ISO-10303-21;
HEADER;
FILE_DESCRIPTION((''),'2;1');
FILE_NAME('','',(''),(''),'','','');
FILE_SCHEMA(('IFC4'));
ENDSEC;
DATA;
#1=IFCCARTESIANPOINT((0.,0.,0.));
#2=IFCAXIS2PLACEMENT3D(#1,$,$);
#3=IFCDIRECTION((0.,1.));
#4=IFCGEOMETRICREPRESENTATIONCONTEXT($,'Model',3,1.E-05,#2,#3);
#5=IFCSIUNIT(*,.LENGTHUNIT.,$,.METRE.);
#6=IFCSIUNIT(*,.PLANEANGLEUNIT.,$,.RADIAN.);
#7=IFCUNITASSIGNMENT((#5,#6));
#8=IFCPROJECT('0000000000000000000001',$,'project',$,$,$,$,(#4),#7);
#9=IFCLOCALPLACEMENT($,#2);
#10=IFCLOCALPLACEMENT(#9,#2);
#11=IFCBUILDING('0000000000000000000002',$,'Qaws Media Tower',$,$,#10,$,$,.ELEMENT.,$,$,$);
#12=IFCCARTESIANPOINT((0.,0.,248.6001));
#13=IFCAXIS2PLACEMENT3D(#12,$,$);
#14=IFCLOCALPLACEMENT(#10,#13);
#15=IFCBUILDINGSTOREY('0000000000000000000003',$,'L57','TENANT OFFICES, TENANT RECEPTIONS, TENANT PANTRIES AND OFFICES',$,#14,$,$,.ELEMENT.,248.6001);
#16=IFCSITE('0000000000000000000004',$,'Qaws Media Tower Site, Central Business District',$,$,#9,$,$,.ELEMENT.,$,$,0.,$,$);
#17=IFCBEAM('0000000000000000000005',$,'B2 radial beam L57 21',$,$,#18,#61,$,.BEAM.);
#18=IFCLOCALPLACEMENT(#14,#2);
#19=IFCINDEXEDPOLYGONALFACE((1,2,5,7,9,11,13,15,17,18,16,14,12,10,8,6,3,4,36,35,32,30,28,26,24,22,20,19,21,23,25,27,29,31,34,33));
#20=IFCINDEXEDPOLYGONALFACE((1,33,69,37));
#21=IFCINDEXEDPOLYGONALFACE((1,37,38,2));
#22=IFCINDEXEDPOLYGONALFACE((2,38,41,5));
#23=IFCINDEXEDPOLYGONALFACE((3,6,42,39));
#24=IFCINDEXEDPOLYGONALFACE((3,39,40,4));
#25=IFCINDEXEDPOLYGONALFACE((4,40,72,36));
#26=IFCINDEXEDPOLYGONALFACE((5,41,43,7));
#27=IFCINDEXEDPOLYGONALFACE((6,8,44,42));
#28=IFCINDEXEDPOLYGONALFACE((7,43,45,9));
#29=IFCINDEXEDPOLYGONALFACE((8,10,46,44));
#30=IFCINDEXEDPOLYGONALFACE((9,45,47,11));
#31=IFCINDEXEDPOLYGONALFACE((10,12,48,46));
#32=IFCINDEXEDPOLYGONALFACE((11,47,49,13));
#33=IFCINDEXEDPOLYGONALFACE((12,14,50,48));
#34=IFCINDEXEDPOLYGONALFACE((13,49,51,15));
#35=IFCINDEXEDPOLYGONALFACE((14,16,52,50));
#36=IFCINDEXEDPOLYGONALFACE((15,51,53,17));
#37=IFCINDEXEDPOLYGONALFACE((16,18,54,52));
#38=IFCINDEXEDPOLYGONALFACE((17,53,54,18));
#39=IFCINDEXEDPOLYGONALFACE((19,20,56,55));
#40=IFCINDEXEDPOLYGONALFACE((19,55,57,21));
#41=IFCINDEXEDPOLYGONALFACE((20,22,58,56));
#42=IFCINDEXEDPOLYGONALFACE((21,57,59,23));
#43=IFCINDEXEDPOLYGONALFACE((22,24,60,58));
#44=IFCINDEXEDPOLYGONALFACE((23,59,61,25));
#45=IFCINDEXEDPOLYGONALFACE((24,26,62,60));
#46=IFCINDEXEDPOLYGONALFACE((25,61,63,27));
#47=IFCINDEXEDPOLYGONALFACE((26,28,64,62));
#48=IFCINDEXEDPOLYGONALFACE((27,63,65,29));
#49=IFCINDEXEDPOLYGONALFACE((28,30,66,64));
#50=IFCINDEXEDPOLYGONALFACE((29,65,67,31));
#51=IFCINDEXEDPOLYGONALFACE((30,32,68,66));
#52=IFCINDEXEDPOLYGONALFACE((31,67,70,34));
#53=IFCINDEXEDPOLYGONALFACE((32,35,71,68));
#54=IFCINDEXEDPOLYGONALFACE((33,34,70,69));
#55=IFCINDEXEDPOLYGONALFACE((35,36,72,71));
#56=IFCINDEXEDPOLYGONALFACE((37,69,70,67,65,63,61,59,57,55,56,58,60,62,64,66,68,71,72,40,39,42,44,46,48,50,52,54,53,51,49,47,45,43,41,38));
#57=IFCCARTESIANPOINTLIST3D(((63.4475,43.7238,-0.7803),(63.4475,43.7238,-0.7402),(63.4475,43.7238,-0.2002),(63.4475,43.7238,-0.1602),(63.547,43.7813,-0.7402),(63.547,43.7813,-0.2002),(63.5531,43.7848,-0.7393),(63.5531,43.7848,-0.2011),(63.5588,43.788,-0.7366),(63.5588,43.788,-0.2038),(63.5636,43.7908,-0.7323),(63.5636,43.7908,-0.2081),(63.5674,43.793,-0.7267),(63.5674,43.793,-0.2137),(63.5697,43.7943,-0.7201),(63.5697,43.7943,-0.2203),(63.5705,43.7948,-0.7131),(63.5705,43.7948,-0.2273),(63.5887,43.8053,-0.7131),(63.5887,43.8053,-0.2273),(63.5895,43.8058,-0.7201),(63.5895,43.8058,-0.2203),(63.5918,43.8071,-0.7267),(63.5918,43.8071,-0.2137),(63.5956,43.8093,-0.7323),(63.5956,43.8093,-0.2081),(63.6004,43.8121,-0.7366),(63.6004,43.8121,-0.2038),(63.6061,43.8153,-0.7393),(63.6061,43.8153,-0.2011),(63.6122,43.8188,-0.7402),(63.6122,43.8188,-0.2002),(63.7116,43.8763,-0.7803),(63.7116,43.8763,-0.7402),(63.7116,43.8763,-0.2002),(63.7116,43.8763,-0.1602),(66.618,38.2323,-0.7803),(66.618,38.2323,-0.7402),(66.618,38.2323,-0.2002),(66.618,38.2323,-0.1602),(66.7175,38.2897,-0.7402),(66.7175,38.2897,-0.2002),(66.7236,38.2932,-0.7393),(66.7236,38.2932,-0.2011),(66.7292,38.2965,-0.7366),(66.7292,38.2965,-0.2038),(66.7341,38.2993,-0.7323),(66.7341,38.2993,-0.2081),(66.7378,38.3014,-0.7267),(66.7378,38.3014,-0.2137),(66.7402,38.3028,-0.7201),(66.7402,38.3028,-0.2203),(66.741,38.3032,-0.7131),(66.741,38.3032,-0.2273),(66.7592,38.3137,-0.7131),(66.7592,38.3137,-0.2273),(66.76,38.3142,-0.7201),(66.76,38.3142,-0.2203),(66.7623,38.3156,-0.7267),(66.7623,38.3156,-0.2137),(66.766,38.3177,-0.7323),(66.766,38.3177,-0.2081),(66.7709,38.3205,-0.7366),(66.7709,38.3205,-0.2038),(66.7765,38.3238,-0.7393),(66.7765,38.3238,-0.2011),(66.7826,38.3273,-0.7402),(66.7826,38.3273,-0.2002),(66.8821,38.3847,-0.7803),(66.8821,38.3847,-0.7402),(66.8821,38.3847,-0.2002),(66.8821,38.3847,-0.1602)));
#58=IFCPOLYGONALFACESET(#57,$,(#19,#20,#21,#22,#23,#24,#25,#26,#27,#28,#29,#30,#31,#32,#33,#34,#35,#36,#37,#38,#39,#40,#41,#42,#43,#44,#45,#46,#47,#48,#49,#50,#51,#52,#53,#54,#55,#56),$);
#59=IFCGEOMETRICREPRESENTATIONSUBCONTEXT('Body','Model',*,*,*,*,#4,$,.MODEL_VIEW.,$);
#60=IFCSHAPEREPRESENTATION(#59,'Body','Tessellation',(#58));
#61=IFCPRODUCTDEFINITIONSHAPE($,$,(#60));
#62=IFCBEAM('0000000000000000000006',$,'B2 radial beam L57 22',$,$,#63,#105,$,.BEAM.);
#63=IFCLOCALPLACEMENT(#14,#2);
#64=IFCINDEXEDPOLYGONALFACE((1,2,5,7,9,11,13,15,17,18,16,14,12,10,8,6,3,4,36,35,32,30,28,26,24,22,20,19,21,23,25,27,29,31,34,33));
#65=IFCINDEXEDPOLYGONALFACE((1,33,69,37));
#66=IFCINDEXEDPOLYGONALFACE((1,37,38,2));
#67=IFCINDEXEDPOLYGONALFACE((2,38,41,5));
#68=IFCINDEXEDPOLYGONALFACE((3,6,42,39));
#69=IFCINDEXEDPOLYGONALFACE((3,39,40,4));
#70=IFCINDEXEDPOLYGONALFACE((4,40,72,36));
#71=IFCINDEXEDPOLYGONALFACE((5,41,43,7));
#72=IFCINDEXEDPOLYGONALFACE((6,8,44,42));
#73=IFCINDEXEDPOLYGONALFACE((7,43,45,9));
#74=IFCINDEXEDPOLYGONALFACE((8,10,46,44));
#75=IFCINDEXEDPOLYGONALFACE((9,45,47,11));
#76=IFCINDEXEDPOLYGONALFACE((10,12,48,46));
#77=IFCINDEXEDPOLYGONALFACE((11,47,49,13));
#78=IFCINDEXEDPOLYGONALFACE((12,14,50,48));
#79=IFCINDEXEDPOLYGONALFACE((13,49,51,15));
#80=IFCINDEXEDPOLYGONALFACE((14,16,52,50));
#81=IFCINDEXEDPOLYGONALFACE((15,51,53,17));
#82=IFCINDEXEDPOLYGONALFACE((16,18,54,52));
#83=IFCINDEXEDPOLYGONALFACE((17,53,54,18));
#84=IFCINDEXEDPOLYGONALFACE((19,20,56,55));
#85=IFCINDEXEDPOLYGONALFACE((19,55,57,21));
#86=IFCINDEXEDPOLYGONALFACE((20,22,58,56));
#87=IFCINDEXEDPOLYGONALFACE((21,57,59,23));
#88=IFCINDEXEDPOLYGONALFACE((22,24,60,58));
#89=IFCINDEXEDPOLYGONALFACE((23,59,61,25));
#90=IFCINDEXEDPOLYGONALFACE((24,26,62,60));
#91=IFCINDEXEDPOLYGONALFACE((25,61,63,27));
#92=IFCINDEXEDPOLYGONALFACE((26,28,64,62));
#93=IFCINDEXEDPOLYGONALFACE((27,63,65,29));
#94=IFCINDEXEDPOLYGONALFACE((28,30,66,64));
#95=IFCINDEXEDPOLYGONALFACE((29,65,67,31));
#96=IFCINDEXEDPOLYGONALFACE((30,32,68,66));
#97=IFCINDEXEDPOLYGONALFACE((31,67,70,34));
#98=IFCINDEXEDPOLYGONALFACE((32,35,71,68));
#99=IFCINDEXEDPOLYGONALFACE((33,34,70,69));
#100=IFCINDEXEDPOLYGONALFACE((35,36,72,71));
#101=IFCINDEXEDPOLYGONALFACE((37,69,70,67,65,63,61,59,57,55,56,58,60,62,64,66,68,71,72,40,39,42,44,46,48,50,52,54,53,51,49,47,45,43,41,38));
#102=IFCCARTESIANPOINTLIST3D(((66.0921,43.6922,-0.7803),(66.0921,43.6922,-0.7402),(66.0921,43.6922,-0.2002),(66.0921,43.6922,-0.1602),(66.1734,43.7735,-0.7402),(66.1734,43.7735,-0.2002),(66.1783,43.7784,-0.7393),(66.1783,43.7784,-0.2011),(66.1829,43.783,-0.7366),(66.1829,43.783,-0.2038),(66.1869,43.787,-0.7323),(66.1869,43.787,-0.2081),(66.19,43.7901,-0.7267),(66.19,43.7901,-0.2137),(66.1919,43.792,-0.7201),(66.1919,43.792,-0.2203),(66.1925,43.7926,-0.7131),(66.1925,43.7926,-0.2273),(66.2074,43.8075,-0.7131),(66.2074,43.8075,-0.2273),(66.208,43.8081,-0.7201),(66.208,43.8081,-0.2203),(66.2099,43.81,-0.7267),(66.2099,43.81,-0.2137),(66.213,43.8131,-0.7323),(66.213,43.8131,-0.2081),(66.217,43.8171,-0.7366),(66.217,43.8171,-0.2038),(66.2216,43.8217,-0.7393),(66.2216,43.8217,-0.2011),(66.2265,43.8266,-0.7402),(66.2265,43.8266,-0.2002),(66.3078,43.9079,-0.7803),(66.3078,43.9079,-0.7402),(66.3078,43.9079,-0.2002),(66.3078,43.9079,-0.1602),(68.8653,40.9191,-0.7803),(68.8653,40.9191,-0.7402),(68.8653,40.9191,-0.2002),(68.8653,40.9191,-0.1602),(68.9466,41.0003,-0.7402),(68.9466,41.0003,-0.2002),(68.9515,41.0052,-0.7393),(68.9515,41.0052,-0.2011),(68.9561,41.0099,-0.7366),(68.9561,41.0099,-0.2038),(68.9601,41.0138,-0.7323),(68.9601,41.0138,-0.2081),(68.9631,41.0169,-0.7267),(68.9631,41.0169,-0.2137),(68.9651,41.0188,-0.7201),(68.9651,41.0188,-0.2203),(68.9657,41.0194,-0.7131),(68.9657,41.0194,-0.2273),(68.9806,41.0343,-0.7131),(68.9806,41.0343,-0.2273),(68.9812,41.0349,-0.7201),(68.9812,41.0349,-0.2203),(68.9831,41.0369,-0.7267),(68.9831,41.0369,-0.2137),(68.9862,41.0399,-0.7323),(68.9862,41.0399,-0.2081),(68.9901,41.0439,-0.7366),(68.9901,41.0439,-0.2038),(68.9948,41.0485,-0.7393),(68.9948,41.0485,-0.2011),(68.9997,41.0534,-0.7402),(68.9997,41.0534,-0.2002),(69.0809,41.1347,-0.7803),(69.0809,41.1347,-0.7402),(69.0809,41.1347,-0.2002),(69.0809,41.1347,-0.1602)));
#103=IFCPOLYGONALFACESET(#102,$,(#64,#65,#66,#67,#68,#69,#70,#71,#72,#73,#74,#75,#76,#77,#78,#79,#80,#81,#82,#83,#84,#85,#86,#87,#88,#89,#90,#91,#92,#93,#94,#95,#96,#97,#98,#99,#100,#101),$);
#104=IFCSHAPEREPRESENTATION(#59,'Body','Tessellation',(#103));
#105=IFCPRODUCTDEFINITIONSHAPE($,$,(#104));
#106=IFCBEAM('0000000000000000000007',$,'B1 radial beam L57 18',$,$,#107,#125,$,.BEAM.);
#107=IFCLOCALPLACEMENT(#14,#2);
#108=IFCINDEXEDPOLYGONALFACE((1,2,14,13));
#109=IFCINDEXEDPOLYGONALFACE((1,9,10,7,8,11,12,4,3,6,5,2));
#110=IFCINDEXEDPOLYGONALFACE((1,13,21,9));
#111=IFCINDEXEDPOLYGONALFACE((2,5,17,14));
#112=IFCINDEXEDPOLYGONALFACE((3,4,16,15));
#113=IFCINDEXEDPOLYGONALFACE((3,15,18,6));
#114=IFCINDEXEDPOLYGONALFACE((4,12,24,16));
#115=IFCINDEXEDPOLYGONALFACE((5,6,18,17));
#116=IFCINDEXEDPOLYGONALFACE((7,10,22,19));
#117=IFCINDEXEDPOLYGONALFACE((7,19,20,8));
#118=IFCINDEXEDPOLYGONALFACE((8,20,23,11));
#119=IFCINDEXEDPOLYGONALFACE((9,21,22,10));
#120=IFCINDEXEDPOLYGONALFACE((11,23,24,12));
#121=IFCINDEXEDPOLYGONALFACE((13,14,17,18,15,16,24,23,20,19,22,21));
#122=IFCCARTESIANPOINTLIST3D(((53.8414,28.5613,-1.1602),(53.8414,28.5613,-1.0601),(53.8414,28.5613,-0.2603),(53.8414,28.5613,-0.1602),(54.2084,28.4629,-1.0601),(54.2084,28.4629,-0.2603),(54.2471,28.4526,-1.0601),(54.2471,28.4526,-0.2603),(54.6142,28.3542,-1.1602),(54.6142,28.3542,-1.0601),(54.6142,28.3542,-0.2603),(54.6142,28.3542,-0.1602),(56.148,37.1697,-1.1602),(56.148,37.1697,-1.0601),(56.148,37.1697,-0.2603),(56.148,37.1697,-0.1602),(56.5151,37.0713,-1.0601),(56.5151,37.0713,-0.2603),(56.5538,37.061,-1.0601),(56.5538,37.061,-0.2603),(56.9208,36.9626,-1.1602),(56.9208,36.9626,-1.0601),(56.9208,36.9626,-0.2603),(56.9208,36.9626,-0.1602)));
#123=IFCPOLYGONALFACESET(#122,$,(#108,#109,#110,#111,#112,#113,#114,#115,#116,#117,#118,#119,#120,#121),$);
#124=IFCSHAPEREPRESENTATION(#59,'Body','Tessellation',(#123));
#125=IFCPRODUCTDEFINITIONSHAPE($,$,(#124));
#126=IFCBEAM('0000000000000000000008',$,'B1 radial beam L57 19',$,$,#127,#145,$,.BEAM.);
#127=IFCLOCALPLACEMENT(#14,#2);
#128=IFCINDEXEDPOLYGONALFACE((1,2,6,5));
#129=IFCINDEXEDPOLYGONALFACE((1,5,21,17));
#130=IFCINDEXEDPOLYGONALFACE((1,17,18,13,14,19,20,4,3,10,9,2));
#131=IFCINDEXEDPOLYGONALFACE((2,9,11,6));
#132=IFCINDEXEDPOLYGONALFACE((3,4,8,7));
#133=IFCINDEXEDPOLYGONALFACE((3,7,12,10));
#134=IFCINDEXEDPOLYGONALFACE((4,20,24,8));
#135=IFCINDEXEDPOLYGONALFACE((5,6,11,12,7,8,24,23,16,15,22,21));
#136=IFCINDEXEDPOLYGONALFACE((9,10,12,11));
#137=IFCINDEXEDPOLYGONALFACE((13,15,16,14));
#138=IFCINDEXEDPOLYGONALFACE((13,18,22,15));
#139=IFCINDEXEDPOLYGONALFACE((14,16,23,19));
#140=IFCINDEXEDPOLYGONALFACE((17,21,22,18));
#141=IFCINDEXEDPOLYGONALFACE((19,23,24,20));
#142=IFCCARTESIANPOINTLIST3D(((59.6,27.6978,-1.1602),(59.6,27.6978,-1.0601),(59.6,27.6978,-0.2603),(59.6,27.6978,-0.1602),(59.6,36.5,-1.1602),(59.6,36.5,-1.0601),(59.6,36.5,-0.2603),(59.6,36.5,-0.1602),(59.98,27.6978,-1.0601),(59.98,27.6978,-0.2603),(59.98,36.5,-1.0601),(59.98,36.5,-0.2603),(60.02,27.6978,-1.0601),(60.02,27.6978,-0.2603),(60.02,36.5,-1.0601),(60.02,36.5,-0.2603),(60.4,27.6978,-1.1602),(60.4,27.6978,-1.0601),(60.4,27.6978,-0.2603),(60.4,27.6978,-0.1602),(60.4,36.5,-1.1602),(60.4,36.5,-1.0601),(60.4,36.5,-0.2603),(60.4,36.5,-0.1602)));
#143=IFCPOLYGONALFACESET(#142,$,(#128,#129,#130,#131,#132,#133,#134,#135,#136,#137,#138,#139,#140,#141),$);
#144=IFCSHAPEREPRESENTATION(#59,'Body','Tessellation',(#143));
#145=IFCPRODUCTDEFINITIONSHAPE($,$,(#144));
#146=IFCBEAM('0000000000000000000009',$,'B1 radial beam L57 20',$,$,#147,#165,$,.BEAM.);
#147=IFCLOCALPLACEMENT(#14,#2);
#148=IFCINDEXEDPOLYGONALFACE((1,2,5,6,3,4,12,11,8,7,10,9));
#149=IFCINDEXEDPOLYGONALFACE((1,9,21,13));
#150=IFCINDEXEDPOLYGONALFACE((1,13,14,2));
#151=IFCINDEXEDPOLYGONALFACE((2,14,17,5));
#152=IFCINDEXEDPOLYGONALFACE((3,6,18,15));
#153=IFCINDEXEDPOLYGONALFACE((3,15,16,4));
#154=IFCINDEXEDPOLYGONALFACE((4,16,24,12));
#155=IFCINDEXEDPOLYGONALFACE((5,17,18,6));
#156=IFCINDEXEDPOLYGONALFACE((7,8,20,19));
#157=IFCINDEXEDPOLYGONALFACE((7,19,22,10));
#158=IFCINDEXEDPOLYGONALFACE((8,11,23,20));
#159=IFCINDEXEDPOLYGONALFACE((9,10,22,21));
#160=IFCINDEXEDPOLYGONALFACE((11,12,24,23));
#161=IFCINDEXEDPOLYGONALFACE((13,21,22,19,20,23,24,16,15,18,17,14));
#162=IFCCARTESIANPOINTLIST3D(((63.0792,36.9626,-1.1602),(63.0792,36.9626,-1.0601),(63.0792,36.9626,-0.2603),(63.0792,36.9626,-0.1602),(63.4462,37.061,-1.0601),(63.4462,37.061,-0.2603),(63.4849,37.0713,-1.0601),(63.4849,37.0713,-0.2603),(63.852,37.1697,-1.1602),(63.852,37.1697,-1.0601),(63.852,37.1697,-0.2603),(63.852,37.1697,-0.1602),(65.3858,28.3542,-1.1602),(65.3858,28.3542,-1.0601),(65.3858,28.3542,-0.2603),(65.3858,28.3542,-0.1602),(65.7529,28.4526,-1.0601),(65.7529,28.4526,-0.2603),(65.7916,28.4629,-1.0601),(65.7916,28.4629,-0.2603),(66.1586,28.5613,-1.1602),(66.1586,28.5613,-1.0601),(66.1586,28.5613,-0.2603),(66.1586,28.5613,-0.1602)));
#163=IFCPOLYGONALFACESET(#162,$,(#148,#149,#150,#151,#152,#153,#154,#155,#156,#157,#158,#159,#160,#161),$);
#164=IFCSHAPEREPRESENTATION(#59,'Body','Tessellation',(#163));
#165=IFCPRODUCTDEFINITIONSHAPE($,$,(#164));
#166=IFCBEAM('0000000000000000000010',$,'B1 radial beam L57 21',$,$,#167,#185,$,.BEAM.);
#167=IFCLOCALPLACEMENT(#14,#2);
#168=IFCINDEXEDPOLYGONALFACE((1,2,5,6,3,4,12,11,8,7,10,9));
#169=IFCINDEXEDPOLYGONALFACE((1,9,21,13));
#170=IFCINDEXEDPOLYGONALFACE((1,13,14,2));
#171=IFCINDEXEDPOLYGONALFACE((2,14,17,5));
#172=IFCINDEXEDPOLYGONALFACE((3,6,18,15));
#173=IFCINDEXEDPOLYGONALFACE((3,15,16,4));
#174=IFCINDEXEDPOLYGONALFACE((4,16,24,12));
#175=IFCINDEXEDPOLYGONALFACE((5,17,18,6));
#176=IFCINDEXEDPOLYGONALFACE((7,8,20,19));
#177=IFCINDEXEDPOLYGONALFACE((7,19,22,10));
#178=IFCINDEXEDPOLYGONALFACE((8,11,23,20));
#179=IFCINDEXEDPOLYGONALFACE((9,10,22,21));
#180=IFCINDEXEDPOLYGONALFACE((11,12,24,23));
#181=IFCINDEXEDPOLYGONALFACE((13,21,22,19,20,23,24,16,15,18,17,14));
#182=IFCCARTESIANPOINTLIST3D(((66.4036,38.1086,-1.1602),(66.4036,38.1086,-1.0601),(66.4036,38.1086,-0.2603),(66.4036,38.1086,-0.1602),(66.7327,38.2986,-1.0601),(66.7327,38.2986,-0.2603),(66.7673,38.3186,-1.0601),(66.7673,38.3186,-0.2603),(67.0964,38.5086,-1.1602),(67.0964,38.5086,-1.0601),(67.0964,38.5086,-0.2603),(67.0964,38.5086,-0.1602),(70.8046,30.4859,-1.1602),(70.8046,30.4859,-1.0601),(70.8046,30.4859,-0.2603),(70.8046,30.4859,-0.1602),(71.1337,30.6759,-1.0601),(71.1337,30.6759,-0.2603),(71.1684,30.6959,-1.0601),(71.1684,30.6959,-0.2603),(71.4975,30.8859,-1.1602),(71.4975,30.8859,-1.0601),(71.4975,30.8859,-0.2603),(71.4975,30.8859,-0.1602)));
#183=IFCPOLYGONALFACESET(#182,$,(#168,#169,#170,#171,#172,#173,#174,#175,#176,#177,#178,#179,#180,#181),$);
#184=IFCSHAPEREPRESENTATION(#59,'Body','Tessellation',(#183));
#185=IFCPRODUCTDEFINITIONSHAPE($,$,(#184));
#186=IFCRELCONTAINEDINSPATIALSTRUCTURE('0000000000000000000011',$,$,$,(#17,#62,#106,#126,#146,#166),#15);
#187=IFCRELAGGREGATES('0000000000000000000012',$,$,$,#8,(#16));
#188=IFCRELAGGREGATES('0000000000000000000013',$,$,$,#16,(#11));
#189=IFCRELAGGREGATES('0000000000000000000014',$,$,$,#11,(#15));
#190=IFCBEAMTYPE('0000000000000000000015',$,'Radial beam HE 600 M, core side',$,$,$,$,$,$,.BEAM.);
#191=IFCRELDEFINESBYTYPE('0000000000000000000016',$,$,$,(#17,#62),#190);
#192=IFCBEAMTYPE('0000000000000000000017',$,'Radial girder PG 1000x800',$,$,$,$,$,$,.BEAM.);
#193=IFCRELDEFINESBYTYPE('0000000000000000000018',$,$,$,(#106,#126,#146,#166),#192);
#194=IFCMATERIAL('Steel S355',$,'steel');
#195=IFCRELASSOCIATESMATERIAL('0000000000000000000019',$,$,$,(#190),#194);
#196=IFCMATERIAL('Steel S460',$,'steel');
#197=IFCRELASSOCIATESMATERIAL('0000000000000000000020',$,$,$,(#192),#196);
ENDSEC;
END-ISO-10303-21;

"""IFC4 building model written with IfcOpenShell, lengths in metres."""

from ifc_helpers import new_model, si_unit, direction, frame, origin, origin_2d, place, context, subcontext, project, spatial, i_section, extrude, material, material_profile, profile_set, type_object, element, save


model = new_model("IFC4")

# Units and contexts
model_context = context("Model", 3, precision=1e-05, world=origin(), true_north=direction((0.0, 1.0)))
body_context = subcontext(model_context, "Body", "Model", "MODEL_VIEW")
ifc_project = project(units=[si_unit("LENGTHUNIT", "METRE"), si_unit("PLANEANGLEUNIT", "RADIAN")], contexts=[model_context])

# Site, building, storey
site_placement = place(None, origin())
site = spatial("IfcSite", under=ifc_project, at=site_placement, Name="Qaws Media Tower Site, Central Business District", CompositionType="ELEMENT", RefElevation=0.0)
building_placement = place(site_placement, origin())
building = spatial("IfcBuilding", under=site, at=building_placement, Name="Qaws Media Tower", CompositionType="ELEMENT")
storey_placement = place(building_placement, frame((0.0, 0.0, 248.6001)))
storey = spatial("IfcBuildingStorey", under=building, at=storey_placement, Name="L57", Description="TENANT OFFICES, TENANT RECEPTIONS, TENANT PANTRIES AND OFFICES", CompositionType="ELEMENT", Elevation=248.6001)

# Beams
ifc_material_1 = material(Name="Steel S355", Category="steel")
ifc_material_profile_1 = material_profile(ifc_material_1, i_section(OverallWidth=0.3049, OverallDepth=0.6201, WebThickness=0.021, FlangeThickness=0.04, FilletRadius=0.0271, at=origin_2d()), Name="HE 600 M")
ifc_profile_set_1 = profile_set([ifc_material_profile_1], Name="Steel S355")
beam_type_1 = type_object("IfcBeamType", Name="Radial beam HE 600 M, core side", PredefinedType="BEAM", material=ifc_profile_set_1)
beam_1_placement = place(storey_placement, frame((63.5796, 43.8, -0.4702), z_axis=(0.49999, -0.866031, 0.0), x_axis=(0.866031, 0.49999, 0.0)))
element("IfcBeam", 1, at=beam_1_placement, inside=storey, type_object=beam_type_1, Name="B2 radial beam L57 21", PredefinedType="BEAM", context=body_context, shape_type="SweptSolid", body=[
    extrude(i_section(OverallWidth=0.3049, OverallDepth=0.6201, WebThickness=0.021, FlangeThickness=0.04, FilletRadius=0.0271, at=origin_2d()), origin(), (0.0, 0.0, 1.0), 6.3411),
])
beam_2_placement = place(storey_placement, frame((66.2, 43.8, -0.4702), z_axis=(0.707107, -0.707107, 0.0), x_axis=(0.707107, 0.707107, 0.0)))
element("IfcBeam", 2, at=beam_2_placement, inside=storey, type_object=beam_type_1, Name="B2 radial beam L57 22", PredefinedType="BEAM", context=body_context, shape_type="SweptSolid", body=[
    extrude(i_section(OverallWidth=0.3049, OverallDepth=0.6201, WebThickness=0.021, FlangeThickness=0.04, FilletRadius=0.0271, at=origin_2d()), origin(), (0.0, 0.0, 1.0), 3.9219),
])
ifc_material_2 = material(Name="Steel S460", Category="steel")
ifc_material_profile_2 = material_profile(ifc_material_2, i_section(OverallWidth=0.8, OverallDepth=1.0, WebThickness=0.04, FlangeThickness=0.1001, at=origin_2d()), Name="PG 1000x800")
ifc_profile_set_2 = profile_set([ifc_material_profile_2], Name="Steel S460")
beam_type_2 = type_object("IfcBeamType", Name="Radial girder PG 1000x800", PredefinedType="BEAM", material=ifc_profile_set_2)
beam_3_placement = place(storey_placement, frame((56.5344, 37.0662, -0.6602), z_axis=(-0.258822, -0.965925, 0.0), x_axis=(0.965925, -0.258822, 0.0)))
element("IfcBeam", 3, at=beam_3_placement, inside=storey, type_object=beam_type_2, Name="B1 radial beam L57 18", PredefinedType="BEAM", context=body_context, shape_type="SweptSolid", body=[
    extrude(i_section(OverallWidth=0.8, OverallDepth=1.0, WebThickness=0.04, FlangeThickness=0.1001, at=origin_2d()), origin(), (0.0, 0.0, 1.0), 8.9121),
])
beam_4_placement = place(storey_placement, frame((60.0, 36.5, -0.6602), z_axis=(0.0, -1.0, 0.0), x_axis=(1.0, 0.0, 0.0)))
element("IfcBeam", 4, at=beam_4_placement, inside=storey, type_object=beam_type_2, Name="B1 radial beam L57 19", PredefinedType="BEAM", context=body_context, shape_type="SweptSolid", body=[
    extrude(i_section(OverallWidth=0.8, OverallDepth=1.0, WebThickness=0.04, FlangeThickness=0.1001, at=origin_2d()), origin(), (0.0, 0.0, 1.0), 8.8022),
])
beam_5_placement = place(storey_placement, frame((63.4656, 37.0662, -0.6602), z_axis=(0.258822, -0.965925, 0.0), x_axis=(0.965925, 0.258822, 0.0)))
element("IfcBeam", 5, at=beam_5_placement, inside=storey, type_object=beam_type_2, Name="B1 radial beam L57 20", PredefinedType="BEAM", context=body_context, shape_type="SweptSolid", body=[
    extrude(i_section(OverallWidth=0.8, OverallDepth=1.0, WebThickness=0.04, FlangeThickness=0.1001, at=origin_2d()), origin(), (0.0, 0.0, 1.0), 8.9121),
])
beam_6_placement = place(storey_placement, frame((66.75, 38.3086, -0.6602), z_axis=(0.500008, -0.866021, 0.0), x_axis=(0.866021, 0.500008, 0.0)))
element("IfcBeam", 6, at=beam_6_placement, inside=storey, type_object=beam_type_2, Name="B1 radial beam L57 21", PredefinedType="BEAM", context=body_context, shape_type="SweptSolid", body=[
    extrude(i_section(OverallWidth=0.8, OverallDepth=1.0, WebThickness=0.04, FlangeThickness=0.1001, at=origin_2d()), origin(), (0.0, 0.0, 1.0), 8.802),
])

save(model, "model.ifc")
